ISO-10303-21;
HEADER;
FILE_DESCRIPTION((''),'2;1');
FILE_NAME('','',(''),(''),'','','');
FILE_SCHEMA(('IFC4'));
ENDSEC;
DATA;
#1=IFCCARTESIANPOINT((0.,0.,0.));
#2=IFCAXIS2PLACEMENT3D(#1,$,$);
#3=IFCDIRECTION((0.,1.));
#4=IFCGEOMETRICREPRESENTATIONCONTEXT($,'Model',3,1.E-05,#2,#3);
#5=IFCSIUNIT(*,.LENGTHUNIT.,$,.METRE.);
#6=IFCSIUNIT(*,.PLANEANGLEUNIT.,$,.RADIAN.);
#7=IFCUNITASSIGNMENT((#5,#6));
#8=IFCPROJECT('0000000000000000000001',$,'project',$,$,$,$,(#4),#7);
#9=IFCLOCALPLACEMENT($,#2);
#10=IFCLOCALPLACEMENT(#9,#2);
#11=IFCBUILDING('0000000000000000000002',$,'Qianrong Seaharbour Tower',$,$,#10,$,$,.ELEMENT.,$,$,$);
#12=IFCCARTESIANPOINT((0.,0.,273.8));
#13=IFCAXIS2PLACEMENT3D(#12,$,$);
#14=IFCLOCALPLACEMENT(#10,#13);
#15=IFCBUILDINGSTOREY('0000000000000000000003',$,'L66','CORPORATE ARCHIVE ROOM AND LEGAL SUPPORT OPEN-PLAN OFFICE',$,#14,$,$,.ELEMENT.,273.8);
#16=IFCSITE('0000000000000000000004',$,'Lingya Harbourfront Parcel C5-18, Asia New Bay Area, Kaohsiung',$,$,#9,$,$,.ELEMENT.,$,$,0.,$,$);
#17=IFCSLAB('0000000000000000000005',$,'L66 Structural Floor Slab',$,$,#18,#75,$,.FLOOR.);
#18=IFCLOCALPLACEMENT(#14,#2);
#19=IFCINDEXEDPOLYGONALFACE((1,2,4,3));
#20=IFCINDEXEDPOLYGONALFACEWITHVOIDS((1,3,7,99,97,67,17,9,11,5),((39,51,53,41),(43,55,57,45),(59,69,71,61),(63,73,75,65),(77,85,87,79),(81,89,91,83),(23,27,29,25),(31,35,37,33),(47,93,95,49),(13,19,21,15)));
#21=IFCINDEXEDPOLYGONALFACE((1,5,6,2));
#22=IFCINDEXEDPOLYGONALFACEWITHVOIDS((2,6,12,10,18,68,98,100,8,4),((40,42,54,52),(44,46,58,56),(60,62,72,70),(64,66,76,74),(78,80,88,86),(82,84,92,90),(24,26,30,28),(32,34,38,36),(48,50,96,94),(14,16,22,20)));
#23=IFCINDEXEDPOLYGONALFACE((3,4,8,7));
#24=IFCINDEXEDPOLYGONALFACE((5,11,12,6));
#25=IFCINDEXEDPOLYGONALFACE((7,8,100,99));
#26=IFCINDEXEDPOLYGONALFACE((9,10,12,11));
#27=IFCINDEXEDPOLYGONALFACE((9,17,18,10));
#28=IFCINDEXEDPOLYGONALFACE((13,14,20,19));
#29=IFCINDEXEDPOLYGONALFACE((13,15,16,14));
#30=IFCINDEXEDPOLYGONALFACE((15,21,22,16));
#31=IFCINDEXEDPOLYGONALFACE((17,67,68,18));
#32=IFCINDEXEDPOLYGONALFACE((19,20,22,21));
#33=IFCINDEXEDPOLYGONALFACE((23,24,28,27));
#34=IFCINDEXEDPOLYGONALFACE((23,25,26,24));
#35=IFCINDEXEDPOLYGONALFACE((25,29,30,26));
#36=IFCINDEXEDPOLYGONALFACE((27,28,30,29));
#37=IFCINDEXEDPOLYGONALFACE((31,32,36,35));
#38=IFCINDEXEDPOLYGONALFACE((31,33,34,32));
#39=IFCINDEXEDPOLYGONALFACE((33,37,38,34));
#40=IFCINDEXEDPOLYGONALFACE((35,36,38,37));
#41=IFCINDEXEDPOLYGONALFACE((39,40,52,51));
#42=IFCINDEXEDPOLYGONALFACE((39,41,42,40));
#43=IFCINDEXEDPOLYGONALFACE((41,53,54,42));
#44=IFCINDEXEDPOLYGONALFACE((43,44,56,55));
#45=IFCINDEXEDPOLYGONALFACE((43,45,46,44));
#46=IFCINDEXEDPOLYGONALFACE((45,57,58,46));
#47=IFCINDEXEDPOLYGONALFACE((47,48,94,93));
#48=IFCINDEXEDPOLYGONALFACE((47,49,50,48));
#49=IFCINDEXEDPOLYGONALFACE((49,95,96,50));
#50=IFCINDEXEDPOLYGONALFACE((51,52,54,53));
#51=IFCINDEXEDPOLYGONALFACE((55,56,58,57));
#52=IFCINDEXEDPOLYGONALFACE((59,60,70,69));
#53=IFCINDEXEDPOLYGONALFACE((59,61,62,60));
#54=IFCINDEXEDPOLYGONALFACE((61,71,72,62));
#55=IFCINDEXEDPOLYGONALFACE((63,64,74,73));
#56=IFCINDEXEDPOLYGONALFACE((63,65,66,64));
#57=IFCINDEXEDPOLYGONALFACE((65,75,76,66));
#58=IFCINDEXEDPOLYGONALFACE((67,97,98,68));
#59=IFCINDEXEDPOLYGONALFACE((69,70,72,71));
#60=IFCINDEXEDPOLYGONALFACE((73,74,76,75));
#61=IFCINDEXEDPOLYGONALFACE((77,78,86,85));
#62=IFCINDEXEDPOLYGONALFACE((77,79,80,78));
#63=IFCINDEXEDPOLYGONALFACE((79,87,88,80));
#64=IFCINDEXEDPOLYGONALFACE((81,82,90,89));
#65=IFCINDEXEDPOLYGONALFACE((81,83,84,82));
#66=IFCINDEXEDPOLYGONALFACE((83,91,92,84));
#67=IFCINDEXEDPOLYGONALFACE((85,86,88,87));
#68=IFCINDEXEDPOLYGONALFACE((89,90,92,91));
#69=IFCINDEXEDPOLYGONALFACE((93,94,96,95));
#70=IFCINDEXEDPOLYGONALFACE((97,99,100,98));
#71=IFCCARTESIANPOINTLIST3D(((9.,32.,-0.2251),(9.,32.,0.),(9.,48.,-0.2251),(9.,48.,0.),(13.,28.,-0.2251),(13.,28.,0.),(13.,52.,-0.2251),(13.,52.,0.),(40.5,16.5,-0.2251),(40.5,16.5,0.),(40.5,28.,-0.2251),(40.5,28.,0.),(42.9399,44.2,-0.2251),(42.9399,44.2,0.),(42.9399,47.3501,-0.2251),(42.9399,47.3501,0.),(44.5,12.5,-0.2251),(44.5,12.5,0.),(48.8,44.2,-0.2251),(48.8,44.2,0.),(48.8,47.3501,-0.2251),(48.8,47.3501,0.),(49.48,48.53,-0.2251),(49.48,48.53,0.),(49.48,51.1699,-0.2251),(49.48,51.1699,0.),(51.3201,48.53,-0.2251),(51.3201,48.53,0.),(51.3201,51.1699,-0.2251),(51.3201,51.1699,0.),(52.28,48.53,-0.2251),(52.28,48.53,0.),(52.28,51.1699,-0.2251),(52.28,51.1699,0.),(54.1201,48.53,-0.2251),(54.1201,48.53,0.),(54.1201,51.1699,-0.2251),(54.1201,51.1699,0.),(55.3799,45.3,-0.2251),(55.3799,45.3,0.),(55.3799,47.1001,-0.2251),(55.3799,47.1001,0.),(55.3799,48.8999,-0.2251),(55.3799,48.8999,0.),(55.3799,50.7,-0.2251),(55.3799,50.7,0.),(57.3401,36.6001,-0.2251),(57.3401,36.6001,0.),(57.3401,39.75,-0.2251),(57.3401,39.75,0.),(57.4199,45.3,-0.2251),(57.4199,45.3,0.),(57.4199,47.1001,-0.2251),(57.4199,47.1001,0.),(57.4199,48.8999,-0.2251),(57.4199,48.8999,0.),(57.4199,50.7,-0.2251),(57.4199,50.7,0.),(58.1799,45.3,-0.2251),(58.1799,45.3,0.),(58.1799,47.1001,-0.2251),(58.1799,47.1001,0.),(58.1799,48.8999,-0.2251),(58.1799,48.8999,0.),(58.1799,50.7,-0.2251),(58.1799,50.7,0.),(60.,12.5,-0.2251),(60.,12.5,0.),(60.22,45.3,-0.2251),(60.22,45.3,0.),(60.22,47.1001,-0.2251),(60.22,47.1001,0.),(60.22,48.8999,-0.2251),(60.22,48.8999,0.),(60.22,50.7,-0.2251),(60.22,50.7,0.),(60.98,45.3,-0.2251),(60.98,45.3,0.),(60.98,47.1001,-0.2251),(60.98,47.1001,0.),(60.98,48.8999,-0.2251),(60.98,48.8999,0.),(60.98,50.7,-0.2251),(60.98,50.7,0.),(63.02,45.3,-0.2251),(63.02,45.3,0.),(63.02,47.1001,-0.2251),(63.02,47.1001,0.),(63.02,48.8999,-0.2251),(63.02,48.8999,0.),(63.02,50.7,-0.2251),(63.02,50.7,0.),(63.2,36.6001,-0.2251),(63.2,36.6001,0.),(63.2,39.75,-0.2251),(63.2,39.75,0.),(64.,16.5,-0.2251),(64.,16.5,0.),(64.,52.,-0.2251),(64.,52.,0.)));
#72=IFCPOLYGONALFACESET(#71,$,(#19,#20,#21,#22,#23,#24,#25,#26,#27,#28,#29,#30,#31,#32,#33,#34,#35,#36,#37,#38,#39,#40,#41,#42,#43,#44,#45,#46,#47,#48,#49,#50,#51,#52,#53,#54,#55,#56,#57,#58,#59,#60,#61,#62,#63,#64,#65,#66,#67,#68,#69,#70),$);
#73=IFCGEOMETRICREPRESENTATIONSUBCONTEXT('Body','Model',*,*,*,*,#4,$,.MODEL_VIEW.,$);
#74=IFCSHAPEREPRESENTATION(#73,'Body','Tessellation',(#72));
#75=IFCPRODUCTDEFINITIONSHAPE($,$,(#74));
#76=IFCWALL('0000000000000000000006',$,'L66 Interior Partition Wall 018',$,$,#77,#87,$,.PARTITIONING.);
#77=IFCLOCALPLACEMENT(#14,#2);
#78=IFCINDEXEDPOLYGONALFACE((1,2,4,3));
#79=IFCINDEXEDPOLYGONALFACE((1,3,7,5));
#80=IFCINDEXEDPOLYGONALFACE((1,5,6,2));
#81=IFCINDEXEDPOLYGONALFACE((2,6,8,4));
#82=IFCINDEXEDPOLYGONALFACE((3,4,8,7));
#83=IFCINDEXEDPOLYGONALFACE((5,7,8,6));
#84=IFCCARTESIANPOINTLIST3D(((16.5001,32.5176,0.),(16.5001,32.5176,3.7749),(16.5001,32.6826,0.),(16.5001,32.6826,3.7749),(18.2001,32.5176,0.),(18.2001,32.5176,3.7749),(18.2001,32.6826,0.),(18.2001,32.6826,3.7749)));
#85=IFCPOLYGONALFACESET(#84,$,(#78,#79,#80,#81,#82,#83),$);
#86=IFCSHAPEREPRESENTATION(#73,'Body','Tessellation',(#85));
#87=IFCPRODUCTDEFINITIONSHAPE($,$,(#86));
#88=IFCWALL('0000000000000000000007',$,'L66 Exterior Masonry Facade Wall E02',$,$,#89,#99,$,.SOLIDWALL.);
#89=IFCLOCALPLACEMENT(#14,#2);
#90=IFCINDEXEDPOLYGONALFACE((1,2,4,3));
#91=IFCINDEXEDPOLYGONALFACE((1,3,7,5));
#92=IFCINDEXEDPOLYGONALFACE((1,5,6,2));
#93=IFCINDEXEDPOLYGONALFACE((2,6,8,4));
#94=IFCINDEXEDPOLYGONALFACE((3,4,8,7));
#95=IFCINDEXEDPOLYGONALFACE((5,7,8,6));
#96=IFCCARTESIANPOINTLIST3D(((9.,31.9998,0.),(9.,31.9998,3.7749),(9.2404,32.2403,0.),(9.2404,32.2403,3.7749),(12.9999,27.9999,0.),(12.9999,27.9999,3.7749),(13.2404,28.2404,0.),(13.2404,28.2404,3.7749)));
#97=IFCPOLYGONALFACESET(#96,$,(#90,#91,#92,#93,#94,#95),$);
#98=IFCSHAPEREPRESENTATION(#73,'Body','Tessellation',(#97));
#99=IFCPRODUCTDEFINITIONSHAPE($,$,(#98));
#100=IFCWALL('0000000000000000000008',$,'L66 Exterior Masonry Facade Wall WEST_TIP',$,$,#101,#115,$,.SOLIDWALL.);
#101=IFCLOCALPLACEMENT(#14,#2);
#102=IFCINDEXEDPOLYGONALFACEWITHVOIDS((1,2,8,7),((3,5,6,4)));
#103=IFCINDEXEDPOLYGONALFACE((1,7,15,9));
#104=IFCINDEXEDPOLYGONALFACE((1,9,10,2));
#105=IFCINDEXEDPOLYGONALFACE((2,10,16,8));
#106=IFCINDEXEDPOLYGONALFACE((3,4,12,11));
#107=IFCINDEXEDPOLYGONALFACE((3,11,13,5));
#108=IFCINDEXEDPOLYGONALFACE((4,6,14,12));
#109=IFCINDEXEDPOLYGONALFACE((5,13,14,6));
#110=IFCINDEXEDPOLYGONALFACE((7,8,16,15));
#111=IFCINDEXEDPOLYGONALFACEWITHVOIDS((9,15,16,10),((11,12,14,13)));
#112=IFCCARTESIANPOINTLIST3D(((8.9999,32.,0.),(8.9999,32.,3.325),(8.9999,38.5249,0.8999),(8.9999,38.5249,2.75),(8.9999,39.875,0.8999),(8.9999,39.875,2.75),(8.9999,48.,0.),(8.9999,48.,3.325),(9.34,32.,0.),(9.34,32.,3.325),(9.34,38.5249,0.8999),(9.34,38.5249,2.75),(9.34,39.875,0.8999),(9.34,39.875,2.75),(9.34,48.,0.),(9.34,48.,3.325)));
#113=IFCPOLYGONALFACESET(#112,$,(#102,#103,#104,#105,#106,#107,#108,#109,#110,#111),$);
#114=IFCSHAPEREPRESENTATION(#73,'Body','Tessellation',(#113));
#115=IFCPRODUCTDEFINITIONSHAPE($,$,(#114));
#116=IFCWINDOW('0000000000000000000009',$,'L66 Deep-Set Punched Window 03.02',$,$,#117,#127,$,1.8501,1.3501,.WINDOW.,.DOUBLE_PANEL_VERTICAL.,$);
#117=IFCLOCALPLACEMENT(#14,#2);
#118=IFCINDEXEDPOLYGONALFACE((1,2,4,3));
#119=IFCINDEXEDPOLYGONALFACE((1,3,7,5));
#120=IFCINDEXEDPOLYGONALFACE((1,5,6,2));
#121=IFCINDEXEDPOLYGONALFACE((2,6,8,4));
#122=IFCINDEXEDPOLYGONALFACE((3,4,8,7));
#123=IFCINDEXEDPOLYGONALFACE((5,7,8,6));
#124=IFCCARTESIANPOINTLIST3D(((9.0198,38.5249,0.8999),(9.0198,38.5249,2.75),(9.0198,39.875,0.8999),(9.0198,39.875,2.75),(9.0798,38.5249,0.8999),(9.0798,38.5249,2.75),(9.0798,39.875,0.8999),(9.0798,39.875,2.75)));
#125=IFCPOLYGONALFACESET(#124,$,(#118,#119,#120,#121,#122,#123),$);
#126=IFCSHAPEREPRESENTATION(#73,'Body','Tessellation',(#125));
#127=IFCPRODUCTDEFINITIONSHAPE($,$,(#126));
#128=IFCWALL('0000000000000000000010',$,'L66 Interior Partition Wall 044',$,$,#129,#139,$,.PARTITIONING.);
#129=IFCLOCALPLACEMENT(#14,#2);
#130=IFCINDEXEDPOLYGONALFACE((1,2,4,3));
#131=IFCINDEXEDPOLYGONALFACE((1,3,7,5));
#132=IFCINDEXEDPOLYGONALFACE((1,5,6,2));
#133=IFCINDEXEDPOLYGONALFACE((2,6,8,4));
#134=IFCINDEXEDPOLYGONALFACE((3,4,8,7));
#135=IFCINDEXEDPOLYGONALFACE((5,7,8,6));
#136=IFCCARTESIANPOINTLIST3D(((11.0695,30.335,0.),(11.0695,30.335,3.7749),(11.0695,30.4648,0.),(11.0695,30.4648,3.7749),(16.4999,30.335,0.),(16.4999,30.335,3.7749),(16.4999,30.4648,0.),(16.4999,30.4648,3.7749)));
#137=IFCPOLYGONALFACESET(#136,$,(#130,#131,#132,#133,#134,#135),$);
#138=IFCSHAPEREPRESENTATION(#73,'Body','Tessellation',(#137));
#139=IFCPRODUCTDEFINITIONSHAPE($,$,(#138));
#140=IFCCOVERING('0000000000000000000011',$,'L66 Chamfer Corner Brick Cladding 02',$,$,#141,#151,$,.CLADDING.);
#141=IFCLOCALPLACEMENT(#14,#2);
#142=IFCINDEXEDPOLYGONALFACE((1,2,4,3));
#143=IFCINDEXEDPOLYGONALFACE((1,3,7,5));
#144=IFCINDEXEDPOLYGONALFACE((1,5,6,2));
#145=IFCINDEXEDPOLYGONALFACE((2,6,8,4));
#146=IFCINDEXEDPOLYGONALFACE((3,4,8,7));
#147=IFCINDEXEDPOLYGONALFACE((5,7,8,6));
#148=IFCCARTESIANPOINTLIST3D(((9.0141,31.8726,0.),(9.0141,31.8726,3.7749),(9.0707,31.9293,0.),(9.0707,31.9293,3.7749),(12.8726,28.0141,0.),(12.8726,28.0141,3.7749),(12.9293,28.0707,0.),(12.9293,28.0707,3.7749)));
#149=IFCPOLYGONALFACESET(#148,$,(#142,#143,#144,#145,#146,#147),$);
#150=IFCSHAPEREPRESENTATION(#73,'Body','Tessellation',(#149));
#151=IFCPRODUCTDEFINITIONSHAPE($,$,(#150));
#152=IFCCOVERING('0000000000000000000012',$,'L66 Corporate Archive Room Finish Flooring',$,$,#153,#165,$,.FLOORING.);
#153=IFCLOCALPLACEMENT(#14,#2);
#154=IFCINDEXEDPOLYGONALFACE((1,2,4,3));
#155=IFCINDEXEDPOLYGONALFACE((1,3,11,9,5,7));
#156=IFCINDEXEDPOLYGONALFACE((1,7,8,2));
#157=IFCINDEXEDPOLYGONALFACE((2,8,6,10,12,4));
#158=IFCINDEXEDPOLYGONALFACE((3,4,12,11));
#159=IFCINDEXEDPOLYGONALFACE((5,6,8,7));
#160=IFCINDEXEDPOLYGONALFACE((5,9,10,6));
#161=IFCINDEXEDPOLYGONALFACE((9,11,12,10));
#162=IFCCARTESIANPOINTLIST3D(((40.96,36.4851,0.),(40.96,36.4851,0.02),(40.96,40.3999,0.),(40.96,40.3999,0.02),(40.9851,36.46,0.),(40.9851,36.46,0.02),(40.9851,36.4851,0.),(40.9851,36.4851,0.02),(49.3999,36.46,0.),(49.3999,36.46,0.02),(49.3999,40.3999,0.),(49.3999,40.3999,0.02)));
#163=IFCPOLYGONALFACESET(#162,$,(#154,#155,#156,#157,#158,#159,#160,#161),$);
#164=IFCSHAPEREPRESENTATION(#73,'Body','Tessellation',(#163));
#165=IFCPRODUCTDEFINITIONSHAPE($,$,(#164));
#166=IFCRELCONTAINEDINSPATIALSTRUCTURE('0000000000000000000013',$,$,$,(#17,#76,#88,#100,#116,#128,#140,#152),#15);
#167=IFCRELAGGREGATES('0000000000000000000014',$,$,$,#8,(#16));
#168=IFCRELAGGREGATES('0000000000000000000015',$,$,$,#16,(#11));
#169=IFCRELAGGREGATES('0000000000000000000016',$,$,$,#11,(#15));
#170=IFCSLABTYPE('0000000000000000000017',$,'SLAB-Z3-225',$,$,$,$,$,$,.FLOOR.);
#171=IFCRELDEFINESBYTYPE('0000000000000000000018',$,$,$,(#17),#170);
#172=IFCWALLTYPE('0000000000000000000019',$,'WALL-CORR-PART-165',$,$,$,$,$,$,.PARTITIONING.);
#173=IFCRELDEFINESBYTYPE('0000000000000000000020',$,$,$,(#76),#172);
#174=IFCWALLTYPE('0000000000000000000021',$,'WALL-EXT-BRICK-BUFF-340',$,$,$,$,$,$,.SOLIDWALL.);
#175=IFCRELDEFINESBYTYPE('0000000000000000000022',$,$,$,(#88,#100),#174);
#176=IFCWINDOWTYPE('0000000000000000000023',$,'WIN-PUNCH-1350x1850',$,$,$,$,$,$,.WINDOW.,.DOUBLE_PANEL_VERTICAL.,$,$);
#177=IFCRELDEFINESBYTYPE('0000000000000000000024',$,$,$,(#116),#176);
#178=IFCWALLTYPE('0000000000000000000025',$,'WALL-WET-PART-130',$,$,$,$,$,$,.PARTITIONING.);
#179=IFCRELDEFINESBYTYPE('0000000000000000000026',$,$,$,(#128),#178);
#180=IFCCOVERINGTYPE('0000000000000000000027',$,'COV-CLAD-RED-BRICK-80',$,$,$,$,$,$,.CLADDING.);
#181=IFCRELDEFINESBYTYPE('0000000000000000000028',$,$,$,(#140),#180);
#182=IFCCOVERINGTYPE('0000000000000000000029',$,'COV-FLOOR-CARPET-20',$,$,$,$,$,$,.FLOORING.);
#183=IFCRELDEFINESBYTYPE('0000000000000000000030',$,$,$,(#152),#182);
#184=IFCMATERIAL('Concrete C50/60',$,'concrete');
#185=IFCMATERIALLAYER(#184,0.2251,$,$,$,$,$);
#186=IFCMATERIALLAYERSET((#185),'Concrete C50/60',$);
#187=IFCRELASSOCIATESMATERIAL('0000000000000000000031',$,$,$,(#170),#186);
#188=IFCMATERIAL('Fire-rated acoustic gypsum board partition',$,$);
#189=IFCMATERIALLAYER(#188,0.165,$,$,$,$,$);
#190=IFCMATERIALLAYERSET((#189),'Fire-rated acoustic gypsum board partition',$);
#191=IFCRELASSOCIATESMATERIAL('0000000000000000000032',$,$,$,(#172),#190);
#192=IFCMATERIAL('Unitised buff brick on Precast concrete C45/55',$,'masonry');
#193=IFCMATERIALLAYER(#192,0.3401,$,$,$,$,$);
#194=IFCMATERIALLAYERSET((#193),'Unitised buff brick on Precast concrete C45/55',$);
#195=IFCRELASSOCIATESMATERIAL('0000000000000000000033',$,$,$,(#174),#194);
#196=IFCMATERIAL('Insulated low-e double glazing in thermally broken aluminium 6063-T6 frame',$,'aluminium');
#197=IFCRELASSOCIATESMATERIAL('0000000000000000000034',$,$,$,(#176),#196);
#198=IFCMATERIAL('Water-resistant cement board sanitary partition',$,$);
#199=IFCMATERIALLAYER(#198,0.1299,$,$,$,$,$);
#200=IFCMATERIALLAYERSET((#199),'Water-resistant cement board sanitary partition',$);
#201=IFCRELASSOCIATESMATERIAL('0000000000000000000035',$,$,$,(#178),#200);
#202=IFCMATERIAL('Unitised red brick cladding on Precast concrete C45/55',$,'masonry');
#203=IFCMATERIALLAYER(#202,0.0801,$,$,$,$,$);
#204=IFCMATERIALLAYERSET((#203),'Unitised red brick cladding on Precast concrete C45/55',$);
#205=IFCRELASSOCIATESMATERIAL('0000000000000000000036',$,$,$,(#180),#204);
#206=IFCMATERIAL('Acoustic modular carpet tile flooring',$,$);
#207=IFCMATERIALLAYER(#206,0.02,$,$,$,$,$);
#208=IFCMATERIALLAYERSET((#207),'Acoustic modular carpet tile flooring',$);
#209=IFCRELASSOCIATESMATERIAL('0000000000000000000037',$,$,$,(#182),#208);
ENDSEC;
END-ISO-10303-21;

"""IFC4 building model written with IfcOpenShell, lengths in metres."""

from ifc_helpers import new_model, si_unit, direction, frame, frame_2d, origin, origin_2d, place, context, subcontext, project, spatial, polyline, rectangle, outline, extrude, material, layer, layer_set, type_object, element, fill, save


model = new_model("IFC4")

# Units and contexts
model_context = context("Model", 3, precision=1e-05, world=origin(), true_north=direction((0.0, 1.0)))
body_context = subcontext(model_context, "Body", "Model", "MODEL_VIEW")
ifc_project = project(units=[si_unit("LENGTHUNIT", "METRE"), si_unit("PLANEANGLEUNIT", "RADIAN")], contexts=[model_context])

# Site, building, storey
site_placement = place(None, origin())
site = spatial("IfcSite", under=ifc_project, at=site_placement, Name="Lingya Harbourfront Parcel C5-18, Asia New Bay Area, Kaohsiung", CompositionType="ELEMENT", RefElevation=0.0)
building_placement = place(site_placement, origin())
building = spatial("IfcBuilding", under=site, at=building_placement, Name="Qianrong Seaharbour Tower", CompositionType="ELEMENT")
storey_placement = place(building_placement, frame((0.0, 0.0, 273.8)))
storey = spatial("IfcBuildingStorey", under=building, at=storey_placement, Name="L66", Description="CORPORATE ARCHIVE ROOM AND LEGAL SUPPORT OPEN-PLAN OFFICE", CompositionType="ELEMENT", Elevation=273.8)

# Shared definitions
ifc_material_1 = material(Name="Concrete C50/60", Category="concrete")

# Slab
ifc_layer_1 = layer(ifc_material_1, 0.2251)
ifc_layer_set_1 = layer_set([ifc_layer_1], Name="Concrete C50/60")
slab_type_1 = type_object("IfcSlabType", Name="SLAB-Z3-225", PredefinedType="FLOOR", material=ifc_layer_set_1)
slab_1_placement = place(storey_placement, frame((0.0, 0.0, -0.2251)))
element("IfcSlab", 1, at=slab_1_placement, inside=storey, type_object=slab_type_1, Name="L66 Structural Floor Slab", PredefinedType="FLOOR", context=body_context, shape_type="SweptSolid", body=[
    extrude(outline(polyline([(44.5, 12.5), (60.0, 12.5), (64.0, 16.5), (64.0, 52.0), (13.0, 52.0), (9.0, 48.0), (9.0, 32.0), (13.0, 28.0), (40.5, 28.0), (40.5, 16.5), (44.5, 12.5)]), holes=[polyline([(42.9399, 44.2), (42.9399, 47.3501), (48.8, 47.3501), (48.8, 44.2), (42.9399, 44.2)]), polyline([(57.3401, 36.6001), (57.3401, 39.75), (63.2, 39.75), (63.2, 36.6001), (57.3401, 36.6001)]), polyline([(49.48, 48.53), (49.48, 51.1699), (51.3201, 51.1699), (51.3201, 48.53), (49.48, 48.53)]), polyline([(52.28, 48.53), (52.28, 51.1699), (54.1201, 51.1699), (54.1201, 48.53), (52.28, 48.53)]), polyline([(55.3799, 45.3), (55.3799, 47.1001), (57.4199, 47.1001), (57.4199, 45.3), (55.3799, 45.3)]), polyline([(58.1799, 45.3), (58.1799, 47.1001), (60.22, 47.1001), (60.22, 45.3), (58.1799, 45.3)]), polyline([(60.98, 45.3), (60.98, 47.1001), (63.02, 47.1001), (63.02, 45.3), (60.98, 45.3)]), polyline([(55.3799, 48.8999), (55.3799, 50.7), (57.4199, 50.7), (57.4199, 48.8999), (55.3799, 48.8999)]), polyline([(58.1799, 48.8999), (58.1799, 50.7), (60.22, 50.7), (60.22, 48.8999), (58.1799, 48.8999)]), polyline([(60.98, 48.8999), (60.98, 50.7), (63.02, 50.7), (63.02, 48.8999), (60.98, 48.8999)])]), origin(), (0.0, 0.0, 1.0), 0.2251),
])

# Shared definitions
ifc_material_2 = material(Name="Fire-rated acoustic gypsum board partition")
ifc_layer_2 = layer(ifc_material_2, 0.165)
ifc_layer_set_2 = layer_set([ifc_layer_2], Name="Fire-rated acoustic gypsum board partition")
wall_type_1 = type_object("IfcWallType", Name="WALL-CORR-PART-165", PredefinedType="PARTITIONING", material=ifc_layer_set_2)

# Walls
wall_1_placement = place(storey_placement, frame((16.5, 32.6001, 0.0), z_axis=(0.0, 0.0, 1.0), x_axis=(1.0, 0.0, 0.0)))
element("IfcWall", 2, at=wall_1_placement, inside=storey, type_object=wall_type_1, Name="L66 Interior Partition Wall 018", PredefinedType="PARTITIONING", context=body_context, shape_type="SweptSolid", body=[
    extrude(rectangle(XDim=1.7, YDim=0.165, at=frame_2d((0.8501, 0.0))), origin(), (0.0, 0.0, 1.0), 3.7749),
])
ifc_material_3 = material(Name="Unitised buff brick on Precast concrete C45/55", Category="masonry")
ifc_layer_3 = layer(ifc_material_3, 0.3401)
ifc_layer_set_3 = layer_set([ifc_layer_3], Name="Unitised buff brick on Precast concrete C45/55")
wall_type_2 = type_object("IfcWallType", Name="WALL-EXT-BRICK-BUFF-340", PredefinedType="SOLIDWALL", material=ifc_layer_set_3)
wall_2_placement = place(storey_placement, frame((13.1201, 28.1201, 0.0), z_axis=(0.0, 0.0, 1.0), x_axis=(-0.707107, 0.707107, 0.0)))
element("IfcWall", 3, at=wall_2_placement, inside=storey, type_object=wall_type_2, Name="L66 Exterior Masonry Facade Wall E02", PredefinedType="SOLIDWALL", context=body_context, shape_type="SweptSolid", body=[
    extrude(rectangle(XDim=5.6567, YDim=0.3401, at=frame_2d((2.8284, 0.0))), origin(), (0.0, 0.0, 1.0), 3.7749),
])

# Wall, opening, window
wall_3_placement = place(storey_placement, frame((9.1699, 32.0, 0.0), z_axis=(0.0, 0.0, 1.0), x_axis=(0.0, 1.0, 0.0)))
wall_3 = element("IfcWall", 4, at=wall_3_placement, inside=storey, type_object=wall_type_2, Name="L66 Exterior Masonry Facade Wall WEST_TIP", PredefinedType="SOLIDWALL", context=body_context, shape_type="SweptSolid", body=[
    extrude(rectangle(XDim=16.0, YDim=0.3401, at=frame_2d((8.0, 0.0))), origin(), (0.0, 0.0, 1.0), 3.325),
])
opening_1_placement = place(wall_3_placement, frame((6.5249, 0.0, 0.8999)))
opening_1 = element("IfcOpeningElement", 5, at=opening_1_placement, cuts=wall_3, PredefinedType="OPENING", context=body_context, shape_type="SweptSolid", body=[
    extrude(rectangle(XDim=1.3501, YDim=1.8501, at=frame_2d((0.675, 0.925))), frame((0.0, 0.1802, 0.0), z_axis=(0.0, -1.0, 0.0), x_axis=(1.0, 0.0, 0.0)), (0.0, 0.0, 1.0), 0.3601),
])
ifc_material_4 = material(Name="Insulated low-e double glazing in thermally broken aluminium 6063-T6 frame", Category="aluminium")
window_type = type_object("IfcWindowType", Name="WIN-PUNCH-1350x1850", PartitioningType="DOUBLE_PANEL_VERTICAL", PredefinedType="WINDOW", material=ifc_material_4)
window_placement = place(opening_1_placement, origin())
window = element("IfcWindow", 6, at=window_placement, inside=storey, type_object=window_type, Name="L66 Deep-Set Punched Window 03.02", OverallHeight=1.8501, OverallWidth=1.3501, PartitioningType="DOUBLE_PANEL_VERTICAL", PredefinedType="WINDOW", context=body_context, shape_type="SweptSolid", body=[
    extrude(rectangle(XDim=1.3501, YDim=1.8501, at=frame_2d((0.675, 0.925))), frame((0.0, 0.1501, 0.0), z_axis=(0.0, -1.0, 0.0), x_axis=(1.0, 0.0, 0.0)), (0.0, 0.0, 1.0), 0.0601),
])
fill(opening_1, window)

# Wall
ifc_material_5 = material(Name="Water-resistant cement board sanitary partition")
ifc_layer_4 = layer(ifc_material_5, 0.1299)
ifc_layer_set_4 = layer_set([ifc_layer_4], Name="Water-resistant cement board sanitary partition")
wall_type_3 = type_object("IfcWallType", Name="WALL-WET-PART-130", PredefinedType="PARTITIONING", material=ifc_layer_set_4)
wall_4_placement = place(storey_placement, frame((16.5, 30.3999, 0.0), z_axis=(0.0, 0.0, 1.0), x_axis=(-1.0, 0.0, 0.0)))
element("IfcWall", 7, at=wall_4_placement, inside=storey, type_object=wall_type_3, Name="L66 Interior Partition Wall 044", PredefinedType="PARTITIONING", context=body_context, shape_type="SweptSolid", body=[
    extrude(rectangle(XDim=5.4304, YDim=0.1299, at=frame_2d((2.7153, 0.0))), origin(), (0.0, 0.0, 1.0), 3.7749),
])

# Coverings
ifc_material_6 = material(Name="Unitised red brick cladding on Precast concrete C45/55", Category="masonry")
ifc_layer_5 = layer(ifc_material_6, 0.0801)
ifc_layer_set_5 = layer_set([ifc_layer_5], Name="Unitised red brick cladding on Precast concrete C45/55")
covering_type_1 = type_object("IfcCoveringType", Name="COV-CLAD-RED-BRICK-80", PredefinedType="CLADDING", material=ifc_layer_set_5)
covering_1_placement = place(storey_placement, frame((10.9717, 29.9717, 0.0), z_axis=(0.0, 0.0, 1.0), x_axis=(-0.707107, 0.707107, 0.0)))
element("IfcCovering", 8, at=covering_1_placement, inside=storey, type_object=covering_type_1, Name="L66 Chamfer Corner Brick Cladding 02", PredefinedType="CLADDING", context=body_context, shape_type="SweptSolid", body=[
    extrude(rectangle(XDim=5.4568, YDim=0.0801, at=origin_2d()), origin(), (0.0, 0.0, 1.0), 3.7749),
])
ifc_material_7 = material(Name="Acoustic modular carpet tile flooring")
ifc_layer_6 = layer(ifc_material_7, 0.02)
ifc_layer_set_6 = layer_set([ifc_layer_6], Name="Acoustic modular carpet tile flooring")
covering_type_2 = type_object("IfcCoveringType", Name="COV-FLOOR-CARPET-20", PredefinedType="FLOORING", material=ifc_layer_set_6)
covering_2_placement = place(storey_placement, origin())
element("IfcCovering", 9, at=covering_2_placement, inside=storey, type_object=covering_type_2, Name="L66 Corporate Archive Room Finish Flooring", PredefinedType="FLOORING", context=body_context, shape_type="SweptSolid", body=[
    extrude(outline(polyline([(49.3999, 40.3999), (49.3999, 36.46), (40.9851, 36.46), (40.9851, 36.4851), (40.96, 36.4851), (40.96, 40.3999), (49.3999, 40.3999)])), origin(), (0.0, 0.0, 1.0), 0.02),
])

save(model, "model.ifc")
